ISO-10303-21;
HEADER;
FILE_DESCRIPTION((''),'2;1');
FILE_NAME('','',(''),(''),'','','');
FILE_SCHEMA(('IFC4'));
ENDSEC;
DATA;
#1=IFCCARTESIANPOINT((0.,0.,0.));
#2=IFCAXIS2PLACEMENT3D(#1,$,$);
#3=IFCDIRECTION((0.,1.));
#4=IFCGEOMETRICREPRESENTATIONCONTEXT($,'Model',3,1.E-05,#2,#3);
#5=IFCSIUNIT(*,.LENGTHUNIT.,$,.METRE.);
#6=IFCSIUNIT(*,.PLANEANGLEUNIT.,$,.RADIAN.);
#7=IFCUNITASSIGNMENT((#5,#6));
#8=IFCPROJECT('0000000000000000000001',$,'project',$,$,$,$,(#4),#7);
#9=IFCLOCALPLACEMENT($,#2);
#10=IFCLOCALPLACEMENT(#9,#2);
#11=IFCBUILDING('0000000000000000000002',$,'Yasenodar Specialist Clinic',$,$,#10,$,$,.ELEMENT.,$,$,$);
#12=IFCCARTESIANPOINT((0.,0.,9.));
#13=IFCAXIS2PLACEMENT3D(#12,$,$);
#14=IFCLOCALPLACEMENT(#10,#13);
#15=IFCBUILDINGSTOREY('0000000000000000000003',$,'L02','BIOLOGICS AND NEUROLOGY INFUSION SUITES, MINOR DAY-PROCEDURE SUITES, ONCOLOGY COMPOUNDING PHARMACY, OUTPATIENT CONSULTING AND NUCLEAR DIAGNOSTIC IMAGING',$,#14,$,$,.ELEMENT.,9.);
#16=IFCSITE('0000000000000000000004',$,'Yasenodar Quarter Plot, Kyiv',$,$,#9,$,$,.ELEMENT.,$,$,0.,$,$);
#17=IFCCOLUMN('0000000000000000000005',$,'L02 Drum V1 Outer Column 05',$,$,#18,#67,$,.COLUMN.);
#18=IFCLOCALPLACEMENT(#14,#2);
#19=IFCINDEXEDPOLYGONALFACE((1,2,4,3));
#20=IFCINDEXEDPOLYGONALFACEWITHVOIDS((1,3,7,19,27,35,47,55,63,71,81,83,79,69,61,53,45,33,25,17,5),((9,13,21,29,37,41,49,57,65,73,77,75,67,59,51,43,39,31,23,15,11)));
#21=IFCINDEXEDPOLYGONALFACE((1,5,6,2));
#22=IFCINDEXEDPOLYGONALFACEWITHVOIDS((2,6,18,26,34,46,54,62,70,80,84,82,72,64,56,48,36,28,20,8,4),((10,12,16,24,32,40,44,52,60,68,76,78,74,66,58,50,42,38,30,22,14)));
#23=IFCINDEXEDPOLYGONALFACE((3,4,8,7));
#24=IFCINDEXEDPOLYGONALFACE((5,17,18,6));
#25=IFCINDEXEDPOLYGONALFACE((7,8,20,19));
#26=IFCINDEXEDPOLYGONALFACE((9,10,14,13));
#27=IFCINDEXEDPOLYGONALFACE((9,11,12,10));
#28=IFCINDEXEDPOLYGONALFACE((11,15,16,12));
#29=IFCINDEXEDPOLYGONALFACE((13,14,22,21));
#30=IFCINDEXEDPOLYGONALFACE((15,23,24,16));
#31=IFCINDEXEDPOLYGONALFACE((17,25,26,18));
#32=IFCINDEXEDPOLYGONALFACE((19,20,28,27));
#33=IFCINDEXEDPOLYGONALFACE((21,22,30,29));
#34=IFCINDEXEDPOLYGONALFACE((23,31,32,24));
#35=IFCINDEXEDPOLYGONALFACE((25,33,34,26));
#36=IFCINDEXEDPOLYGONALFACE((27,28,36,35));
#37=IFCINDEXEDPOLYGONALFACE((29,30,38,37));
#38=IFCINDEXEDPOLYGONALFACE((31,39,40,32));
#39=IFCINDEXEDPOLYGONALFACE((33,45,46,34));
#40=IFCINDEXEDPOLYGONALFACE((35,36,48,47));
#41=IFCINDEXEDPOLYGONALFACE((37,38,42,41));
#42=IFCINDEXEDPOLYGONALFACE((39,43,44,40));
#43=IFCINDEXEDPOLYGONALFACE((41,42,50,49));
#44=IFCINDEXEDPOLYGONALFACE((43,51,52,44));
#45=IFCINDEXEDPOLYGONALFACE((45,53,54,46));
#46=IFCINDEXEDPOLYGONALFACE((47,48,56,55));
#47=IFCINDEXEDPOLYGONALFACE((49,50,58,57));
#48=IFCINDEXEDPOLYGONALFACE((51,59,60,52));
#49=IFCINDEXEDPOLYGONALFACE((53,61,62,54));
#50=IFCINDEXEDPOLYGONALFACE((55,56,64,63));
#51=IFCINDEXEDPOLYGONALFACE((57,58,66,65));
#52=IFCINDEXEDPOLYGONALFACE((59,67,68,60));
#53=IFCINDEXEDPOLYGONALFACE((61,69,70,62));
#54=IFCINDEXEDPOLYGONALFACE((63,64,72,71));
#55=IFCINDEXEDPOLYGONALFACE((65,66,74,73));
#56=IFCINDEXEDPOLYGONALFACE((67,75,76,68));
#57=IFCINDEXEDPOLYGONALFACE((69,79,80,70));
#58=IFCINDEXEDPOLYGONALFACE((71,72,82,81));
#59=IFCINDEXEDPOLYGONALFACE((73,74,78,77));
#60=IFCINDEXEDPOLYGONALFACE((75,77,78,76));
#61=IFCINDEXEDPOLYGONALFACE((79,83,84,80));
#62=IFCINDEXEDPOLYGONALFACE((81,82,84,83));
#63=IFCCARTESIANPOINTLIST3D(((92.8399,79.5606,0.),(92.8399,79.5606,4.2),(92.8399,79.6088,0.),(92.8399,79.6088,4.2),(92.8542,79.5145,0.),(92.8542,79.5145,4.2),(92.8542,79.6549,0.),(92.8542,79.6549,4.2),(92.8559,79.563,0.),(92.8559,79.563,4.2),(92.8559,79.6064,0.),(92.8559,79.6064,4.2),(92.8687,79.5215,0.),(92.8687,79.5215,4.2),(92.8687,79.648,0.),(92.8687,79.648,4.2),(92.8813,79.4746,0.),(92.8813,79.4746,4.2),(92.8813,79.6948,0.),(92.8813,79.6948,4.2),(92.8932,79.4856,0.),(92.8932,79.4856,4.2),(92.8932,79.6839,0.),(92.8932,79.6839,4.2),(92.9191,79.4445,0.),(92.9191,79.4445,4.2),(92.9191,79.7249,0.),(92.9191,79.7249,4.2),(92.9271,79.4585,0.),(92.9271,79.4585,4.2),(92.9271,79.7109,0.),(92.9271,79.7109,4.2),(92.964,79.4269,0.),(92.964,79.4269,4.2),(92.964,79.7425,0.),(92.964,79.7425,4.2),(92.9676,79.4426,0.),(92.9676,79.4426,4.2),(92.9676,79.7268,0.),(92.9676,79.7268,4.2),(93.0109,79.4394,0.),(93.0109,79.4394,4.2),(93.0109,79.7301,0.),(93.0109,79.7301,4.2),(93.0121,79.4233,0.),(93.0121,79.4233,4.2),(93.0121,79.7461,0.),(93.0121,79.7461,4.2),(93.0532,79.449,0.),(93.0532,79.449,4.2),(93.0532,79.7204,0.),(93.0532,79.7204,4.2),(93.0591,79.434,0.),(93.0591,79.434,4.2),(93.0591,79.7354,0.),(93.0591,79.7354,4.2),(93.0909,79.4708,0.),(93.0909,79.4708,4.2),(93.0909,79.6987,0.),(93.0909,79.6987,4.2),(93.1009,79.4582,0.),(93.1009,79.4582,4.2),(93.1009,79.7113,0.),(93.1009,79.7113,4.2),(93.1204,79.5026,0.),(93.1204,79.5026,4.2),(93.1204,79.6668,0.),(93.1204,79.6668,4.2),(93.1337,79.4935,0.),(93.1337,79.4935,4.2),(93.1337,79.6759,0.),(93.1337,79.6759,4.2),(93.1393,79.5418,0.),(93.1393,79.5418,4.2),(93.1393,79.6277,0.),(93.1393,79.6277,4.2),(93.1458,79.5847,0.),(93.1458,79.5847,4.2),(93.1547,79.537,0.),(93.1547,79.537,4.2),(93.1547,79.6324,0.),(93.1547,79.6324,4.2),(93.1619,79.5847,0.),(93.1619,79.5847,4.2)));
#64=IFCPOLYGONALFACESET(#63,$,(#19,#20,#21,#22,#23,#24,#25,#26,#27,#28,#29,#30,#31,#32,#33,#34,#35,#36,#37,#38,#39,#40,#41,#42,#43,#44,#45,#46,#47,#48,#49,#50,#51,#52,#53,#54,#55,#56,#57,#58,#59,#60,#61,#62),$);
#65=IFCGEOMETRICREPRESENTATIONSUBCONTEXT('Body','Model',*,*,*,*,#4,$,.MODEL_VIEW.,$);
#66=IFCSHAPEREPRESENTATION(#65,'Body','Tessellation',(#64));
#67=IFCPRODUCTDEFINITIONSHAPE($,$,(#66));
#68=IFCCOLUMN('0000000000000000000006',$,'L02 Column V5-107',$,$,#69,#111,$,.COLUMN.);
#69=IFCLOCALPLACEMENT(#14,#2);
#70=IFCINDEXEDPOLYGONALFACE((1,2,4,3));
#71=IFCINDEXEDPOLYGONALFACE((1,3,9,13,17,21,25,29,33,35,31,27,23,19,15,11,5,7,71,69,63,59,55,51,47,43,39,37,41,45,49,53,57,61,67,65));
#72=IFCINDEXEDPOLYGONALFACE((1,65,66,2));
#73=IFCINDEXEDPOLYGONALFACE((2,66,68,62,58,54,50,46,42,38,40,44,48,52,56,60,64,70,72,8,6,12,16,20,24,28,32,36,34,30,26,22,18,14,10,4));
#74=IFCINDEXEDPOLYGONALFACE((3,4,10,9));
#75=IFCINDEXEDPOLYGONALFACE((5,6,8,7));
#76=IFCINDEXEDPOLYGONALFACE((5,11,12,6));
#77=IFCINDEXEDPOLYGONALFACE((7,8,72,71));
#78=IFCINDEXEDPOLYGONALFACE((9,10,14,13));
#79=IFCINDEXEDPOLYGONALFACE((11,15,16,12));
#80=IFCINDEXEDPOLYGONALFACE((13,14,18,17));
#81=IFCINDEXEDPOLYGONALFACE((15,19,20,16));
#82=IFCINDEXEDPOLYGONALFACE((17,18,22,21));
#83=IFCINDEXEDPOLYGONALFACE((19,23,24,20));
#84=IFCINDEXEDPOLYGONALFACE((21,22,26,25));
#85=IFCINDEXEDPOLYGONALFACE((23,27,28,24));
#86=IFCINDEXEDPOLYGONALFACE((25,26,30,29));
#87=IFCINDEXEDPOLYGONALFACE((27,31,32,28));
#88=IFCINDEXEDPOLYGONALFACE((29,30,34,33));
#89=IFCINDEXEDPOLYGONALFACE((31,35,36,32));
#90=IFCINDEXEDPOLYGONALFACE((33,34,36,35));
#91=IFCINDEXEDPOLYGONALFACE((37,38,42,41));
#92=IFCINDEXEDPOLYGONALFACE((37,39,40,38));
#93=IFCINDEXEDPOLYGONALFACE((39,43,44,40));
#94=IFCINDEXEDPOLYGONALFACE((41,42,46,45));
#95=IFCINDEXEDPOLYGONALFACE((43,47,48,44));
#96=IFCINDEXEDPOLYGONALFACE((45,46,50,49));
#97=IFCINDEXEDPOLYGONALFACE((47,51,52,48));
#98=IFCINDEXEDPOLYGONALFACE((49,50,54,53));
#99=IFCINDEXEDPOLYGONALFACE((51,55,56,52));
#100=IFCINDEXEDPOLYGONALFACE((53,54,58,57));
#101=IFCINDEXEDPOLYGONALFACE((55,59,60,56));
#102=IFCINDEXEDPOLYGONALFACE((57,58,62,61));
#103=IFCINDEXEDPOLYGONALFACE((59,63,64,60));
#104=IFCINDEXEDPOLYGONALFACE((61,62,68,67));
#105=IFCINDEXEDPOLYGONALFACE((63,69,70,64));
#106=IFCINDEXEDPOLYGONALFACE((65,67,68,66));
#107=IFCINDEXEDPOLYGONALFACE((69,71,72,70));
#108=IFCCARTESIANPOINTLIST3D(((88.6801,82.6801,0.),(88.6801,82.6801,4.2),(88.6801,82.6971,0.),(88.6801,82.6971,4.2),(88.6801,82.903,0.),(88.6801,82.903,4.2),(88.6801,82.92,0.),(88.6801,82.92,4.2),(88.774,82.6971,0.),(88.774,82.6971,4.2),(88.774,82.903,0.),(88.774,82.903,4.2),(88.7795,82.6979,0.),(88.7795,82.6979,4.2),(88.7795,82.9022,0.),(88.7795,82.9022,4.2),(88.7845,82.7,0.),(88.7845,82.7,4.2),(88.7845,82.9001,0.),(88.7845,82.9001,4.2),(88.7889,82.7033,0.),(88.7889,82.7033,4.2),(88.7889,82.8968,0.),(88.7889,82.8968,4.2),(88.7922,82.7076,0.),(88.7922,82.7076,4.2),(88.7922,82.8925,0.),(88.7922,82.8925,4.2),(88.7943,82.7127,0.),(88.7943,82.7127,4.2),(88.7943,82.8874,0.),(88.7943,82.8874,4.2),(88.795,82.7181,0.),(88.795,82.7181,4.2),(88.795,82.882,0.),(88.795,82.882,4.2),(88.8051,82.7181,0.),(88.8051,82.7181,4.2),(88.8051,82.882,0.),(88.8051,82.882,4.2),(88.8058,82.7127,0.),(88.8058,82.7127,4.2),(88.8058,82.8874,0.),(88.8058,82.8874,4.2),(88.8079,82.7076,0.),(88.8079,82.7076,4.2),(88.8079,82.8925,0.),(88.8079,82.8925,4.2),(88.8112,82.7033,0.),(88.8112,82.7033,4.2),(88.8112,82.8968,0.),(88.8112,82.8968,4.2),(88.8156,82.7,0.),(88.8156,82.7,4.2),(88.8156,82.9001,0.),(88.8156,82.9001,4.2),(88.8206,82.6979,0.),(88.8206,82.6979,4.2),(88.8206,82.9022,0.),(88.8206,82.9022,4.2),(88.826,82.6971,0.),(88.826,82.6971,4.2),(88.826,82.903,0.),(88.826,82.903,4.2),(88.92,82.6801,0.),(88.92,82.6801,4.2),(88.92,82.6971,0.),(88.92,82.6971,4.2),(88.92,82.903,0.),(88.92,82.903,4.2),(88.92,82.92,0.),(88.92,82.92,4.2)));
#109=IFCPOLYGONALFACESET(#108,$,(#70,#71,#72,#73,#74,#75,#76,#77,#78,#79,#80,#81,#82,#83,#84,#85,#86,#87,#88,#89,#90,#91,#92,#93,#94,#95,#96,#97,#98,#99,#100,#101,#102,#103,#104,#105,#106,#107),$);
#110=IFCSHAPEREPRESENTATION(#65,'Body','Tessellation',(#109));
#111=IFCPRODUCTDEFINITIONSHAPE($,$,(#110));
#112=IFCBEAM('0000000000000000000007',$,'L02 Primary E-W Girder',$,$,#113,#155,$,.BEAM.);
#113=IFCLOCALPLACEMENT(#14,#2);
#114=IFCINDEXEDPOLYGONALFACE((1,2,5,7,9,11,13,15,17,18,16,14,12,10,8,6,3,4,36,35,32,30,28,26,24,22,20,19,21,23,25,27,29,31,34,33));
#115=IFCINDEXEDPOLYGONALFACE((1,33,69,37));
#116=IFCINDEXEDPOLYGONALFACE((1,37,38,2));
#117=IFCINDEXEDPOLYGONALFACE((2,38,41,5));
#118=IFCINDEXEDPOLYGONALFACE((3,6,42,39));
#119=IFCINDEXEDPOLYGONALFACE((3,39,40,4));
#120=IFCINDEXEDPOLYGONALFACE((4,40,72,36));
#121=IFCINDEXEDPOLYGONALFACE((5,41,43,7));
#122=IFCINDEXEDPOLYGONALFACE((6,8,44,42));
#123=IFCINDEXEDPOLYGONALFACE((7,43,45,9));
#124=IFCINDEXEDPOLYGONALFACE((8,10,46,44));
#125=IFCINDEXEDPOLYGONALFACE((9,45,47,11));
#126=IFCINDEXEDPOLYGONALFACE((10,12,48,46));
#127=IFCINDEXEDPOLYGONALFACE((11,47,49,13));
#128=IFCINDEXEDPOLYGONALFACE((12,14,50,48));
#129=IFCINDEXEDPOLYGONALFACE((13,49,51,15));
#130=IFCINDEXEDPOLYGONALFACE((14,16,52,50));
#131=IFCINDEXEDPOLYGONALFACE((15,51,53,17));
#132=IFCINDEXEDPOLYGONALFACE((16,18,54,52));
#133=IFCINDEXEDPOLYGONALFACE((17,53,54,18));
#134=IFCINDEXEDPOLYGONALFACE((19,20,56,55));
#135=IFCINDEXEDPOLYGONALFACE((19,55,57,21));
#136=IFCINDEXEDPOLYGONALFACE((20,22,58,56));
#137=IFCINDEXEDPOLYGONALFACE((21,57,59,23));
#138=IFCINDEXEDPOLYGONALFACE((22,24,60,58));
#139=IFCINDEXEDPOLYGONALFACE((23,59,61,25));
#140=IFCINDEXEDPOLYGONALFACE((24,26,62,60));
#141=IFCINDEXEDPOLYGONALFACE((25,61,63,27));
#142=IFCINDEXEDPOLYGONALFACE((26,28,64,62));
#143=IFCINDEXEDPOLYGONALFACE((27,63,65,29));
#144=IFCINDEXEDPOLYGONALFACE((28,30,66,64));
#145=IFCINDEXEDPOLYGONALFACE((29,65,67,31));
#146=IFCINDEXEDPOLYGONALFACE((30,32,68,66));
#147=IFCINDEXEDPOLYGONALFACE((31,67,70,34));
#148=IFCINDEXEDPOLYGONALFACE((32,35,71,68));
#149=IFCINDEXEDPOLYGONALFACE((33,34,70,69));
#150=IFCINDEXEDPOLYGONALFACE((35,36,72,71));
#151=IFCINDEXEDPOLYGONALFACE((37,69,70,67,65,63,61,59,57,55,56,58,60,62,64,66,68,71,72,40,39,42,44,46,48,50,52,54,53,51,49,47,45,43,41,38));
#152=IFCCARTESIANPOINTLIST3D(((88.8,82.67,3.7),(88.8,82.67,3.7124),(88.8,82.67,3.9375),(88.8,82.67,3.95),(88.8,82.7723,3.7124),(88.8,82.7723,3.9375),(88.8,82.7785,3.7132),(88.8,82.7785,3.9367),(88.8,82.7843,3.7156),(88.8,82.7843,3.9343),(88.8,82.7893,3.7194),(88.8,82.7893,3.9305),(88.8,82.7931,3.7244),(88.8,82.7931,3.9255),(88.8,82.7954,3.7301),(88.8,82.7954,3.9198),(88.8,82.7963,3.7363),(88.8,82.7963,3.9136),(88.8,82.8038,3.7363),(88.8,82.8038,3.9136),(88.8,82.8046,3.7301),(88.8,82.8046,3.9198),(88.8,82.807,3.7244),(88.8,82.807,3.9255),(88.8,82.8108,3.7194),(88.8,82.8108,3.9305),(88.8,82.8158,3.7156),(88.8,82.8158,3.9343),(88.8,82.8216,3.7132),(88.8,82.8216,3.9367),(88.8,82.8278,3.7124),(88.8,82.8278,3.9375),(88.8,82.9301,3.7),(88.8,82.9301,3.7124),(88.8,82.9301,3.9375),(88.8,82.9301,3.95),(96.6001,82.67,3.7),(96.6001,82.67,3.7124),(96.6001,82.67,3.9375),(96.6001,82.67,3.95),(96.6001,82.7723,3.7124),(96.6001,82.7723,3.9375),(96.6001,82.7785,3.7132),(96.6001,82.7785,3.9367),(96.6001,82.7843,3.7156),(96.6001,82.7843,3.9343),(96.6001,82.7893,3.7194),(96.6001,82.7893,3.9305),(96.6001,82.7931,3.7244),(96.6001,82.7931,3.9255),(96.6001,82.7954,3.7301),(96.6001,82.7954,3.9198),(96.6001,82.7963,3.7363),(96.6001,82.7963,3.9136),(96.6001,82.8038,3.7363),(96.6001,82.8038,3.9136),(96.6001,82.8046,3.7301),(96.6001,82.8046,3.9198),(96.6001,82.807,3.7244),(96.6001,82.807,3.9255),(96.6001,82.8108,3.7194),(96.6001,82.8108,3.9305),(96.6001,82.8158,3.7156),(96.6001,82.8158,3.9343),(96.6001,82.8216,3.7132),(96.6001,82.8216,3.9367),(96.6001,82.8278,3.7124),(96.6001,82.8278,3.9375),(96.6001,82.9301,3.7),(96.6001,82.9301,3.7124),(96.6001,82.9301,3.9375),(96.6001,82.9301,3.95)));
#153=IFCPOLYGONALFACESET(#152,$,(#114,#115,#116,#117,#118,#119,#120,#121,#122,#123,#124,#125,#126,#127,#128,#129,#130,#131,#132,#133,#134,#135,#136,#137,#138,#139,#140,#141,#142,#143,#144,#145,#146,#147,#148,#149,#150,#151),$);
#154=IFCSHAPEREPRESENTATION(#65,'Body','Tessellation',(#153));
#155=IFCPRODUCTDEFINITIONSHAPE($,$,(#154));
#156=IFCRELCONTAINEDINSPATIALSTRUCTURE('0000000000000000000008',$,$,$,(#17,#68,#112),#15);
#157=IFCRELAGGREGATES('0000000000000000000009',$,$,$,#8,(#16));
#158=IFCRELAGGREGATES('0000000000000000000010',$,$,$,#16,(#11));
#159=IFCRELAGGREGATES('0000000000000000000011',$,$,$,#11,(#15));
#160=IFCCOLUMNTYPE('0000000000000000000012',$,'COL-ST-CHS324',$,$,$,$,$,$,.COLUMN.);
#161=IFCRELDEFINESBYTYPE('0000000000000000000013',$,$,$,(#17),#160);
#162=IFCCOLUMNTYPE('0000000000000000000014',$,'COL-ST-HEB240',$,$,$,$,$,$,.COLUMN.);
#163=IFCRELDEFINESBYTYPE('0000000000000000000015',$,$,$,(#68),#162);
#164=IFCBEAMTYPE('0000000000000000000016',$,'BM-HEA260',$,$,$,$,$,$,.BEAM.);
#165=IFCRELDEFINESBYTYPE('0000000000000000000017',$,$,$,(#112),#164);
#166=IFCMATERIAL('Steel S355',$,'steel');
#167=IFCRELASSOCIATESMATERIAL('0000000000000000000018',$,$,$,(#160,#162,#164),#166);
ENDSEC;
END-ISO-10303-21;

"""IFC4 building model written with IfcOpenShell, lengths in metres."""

from ifc_helpers import new_model, si_unit, direction, frame, origin, origin_2d, place, context, subcontext, project, spatial, hollow_circle, i_section, extrude, material, material_profile, profile_set, type_object, element, save


model = new_model("IFC4")

# Units and contexts
model_context = context("Model", 3, precision=1e-05, world=origin(), true_north=direction((0.0, 1.0)))
body_context = subcontext(model_context, "Body", "Model", "MODEL_VIEW")
ifc_project = project(units=[si_unit("LENGTHUNIT", "METRE"), si_unit("PLANEANGLEUNIT", "RADIAN")], contexts=[model_context])

# Site, building, storey
site_placement = place(None, origin())
site = spatial("IfcSite", under=ifc_project, at=site_placement, Name="Yasenodar Quarter Plot, Kyiv", CompositionType="ELEMENT", RefElevation=0.0)
building_placement = place(site_placement, origin())
building = spatial("IfcBuilding", under=site, at=building_placement, Name="Yasenodar Specialist Clinic", CompositionType="ELEMENT")
storey_placement = place(building_placement, frame((0.0, 0.0, 9.0)))
storey = spatial("IfcBuildingStorey", under=building, at=storey_placement, Name="L02", Description="BIOLOGICS AND NEUROLOGY INFUSION SUITES, MINOR DAY-PROCEDURE SUITES, ONCOLOGY COMPOUNDING PHARMACY, OUTPATIENT CONSULTING AND NUCLEAR DIAGNOSTIC IMAGING", CompositionType="ELEMENT", Elevation=9.0)

# Columns
ifc_material_1 = material(Name="Steel S355", Category="steel")
ifc_material_profile_1 = material_profile(ifc_material_1, hollow_circle(Radius=0.1619, WallThickness=0.0161, at=origin_2d()), Name="CHS 323.9x16")
ifc_profile_set_1 = profile_set([ifc_material_profile_1], Name="Steel S355")
column_type_1 = type_object("IfcColumnType", Name="COL-ST-CHS324", PredefinedType="COLUMN", material=ifc_profile_set_1)
column_1_placement = place(storey_placement, frame((93.0, 79.5847, 0.0), z_axis=(0.0, 0.0, 1.0), x_axis=(1.0, 0.0, 0.0)))
element("IfcColumn", 1, at=column_1_placement, inside=storey, type_object=column_type_1, Name="L02 Drum V1 Outer Column 05", PredefinedType="COLUMN", context=body_context, shape_type="SweptSolid", body=[
    extrude(hollow_circle(Radius=0.1619, WallThickness=0.0161, at=origin_2d()), origin(), (0.0, 0.0, 1.0), 4.2),
])
ifc_material_profile_2 = material_profile(ifc_material_1, i_section(OverallWidth=0.24, OverallDepth=0.24, WebThickness=0.01, FlangeThickness=0.0171, FilletRadius=0.021, at=origin_2d()), Name="HEB 240")
ifc_profile_set_2 = profile_set([ifc_material_profile_2], Name="Steel S355")
column_type_2 = type_object("IfcColumnType", Name="COL-ST-HEB240", PredefinedType="COLUMN", material=ifc_profile_set_2)
column_2_placement = place(storey_placement, frame((88.8, 82.8, 0.0), z_axis=(0.0, 0.0, 1.0), x_axis=(1.0, 0.0, 0.0)))
element("IfcColumn", 2, at=column_2_placement, inside=storey, type_object=column_type_2, Name="L02 Column V5-107", PredefinedType="COLUMN", context=body_context, shape_type="SweptSolid", body=[
    extrude(i_section(OverallWidth=0.24, OverallDepth=0.24, WebThickness=0.01, FlangeThickness=0.0171, FilletRadius=0.021, at=origin_2d()), origin(), (0.0, 0.0, 1.0), 4.2),
])

# Beam
ifc_material_profile_3 = material_profile(ifc_material_1, i_section(OverallWidth=0.26, OverallDepth=0.25, WebThickness=0.0076, FlangeThickness=0.0125, FilletRadius=0.0239, at=origin_2d()), Name="HEA 260")
ifc_profile_set_3 = profile_set([ifc_material_profile_3], Name="Steel S355")
beam_type_1 = type_object("IfcBeamType", Name="BM-HEA260", PredefinedType="BEAM", material=ifc_profile_set_3)
beam_1_placement = place(storey_placement, frame((88.8, 82.8, 3.825), z_axis=(1.0, 0.0, 0.0), x_axis=(0.0, 1.0, 0.0)))
element("IfcBeam", 3, at=beam_1_placement, inside=storey, type_object=beam_type_1, Name="L02 Primary E-W Girder", PredefinedType="BEAM", context=body_context, shape_type="SweptSolid", body=[
    extrude(i_section(OverallWidth=0.26, OverallDepth=0.25, WebThickness=0.0076, FlangeThickness=0.0125, FilletRadius=0.0239, at=origin_2d()), origin(), (0.0, 0.0, 1.0), 7.8),
])

save(model, "model.ifc")
